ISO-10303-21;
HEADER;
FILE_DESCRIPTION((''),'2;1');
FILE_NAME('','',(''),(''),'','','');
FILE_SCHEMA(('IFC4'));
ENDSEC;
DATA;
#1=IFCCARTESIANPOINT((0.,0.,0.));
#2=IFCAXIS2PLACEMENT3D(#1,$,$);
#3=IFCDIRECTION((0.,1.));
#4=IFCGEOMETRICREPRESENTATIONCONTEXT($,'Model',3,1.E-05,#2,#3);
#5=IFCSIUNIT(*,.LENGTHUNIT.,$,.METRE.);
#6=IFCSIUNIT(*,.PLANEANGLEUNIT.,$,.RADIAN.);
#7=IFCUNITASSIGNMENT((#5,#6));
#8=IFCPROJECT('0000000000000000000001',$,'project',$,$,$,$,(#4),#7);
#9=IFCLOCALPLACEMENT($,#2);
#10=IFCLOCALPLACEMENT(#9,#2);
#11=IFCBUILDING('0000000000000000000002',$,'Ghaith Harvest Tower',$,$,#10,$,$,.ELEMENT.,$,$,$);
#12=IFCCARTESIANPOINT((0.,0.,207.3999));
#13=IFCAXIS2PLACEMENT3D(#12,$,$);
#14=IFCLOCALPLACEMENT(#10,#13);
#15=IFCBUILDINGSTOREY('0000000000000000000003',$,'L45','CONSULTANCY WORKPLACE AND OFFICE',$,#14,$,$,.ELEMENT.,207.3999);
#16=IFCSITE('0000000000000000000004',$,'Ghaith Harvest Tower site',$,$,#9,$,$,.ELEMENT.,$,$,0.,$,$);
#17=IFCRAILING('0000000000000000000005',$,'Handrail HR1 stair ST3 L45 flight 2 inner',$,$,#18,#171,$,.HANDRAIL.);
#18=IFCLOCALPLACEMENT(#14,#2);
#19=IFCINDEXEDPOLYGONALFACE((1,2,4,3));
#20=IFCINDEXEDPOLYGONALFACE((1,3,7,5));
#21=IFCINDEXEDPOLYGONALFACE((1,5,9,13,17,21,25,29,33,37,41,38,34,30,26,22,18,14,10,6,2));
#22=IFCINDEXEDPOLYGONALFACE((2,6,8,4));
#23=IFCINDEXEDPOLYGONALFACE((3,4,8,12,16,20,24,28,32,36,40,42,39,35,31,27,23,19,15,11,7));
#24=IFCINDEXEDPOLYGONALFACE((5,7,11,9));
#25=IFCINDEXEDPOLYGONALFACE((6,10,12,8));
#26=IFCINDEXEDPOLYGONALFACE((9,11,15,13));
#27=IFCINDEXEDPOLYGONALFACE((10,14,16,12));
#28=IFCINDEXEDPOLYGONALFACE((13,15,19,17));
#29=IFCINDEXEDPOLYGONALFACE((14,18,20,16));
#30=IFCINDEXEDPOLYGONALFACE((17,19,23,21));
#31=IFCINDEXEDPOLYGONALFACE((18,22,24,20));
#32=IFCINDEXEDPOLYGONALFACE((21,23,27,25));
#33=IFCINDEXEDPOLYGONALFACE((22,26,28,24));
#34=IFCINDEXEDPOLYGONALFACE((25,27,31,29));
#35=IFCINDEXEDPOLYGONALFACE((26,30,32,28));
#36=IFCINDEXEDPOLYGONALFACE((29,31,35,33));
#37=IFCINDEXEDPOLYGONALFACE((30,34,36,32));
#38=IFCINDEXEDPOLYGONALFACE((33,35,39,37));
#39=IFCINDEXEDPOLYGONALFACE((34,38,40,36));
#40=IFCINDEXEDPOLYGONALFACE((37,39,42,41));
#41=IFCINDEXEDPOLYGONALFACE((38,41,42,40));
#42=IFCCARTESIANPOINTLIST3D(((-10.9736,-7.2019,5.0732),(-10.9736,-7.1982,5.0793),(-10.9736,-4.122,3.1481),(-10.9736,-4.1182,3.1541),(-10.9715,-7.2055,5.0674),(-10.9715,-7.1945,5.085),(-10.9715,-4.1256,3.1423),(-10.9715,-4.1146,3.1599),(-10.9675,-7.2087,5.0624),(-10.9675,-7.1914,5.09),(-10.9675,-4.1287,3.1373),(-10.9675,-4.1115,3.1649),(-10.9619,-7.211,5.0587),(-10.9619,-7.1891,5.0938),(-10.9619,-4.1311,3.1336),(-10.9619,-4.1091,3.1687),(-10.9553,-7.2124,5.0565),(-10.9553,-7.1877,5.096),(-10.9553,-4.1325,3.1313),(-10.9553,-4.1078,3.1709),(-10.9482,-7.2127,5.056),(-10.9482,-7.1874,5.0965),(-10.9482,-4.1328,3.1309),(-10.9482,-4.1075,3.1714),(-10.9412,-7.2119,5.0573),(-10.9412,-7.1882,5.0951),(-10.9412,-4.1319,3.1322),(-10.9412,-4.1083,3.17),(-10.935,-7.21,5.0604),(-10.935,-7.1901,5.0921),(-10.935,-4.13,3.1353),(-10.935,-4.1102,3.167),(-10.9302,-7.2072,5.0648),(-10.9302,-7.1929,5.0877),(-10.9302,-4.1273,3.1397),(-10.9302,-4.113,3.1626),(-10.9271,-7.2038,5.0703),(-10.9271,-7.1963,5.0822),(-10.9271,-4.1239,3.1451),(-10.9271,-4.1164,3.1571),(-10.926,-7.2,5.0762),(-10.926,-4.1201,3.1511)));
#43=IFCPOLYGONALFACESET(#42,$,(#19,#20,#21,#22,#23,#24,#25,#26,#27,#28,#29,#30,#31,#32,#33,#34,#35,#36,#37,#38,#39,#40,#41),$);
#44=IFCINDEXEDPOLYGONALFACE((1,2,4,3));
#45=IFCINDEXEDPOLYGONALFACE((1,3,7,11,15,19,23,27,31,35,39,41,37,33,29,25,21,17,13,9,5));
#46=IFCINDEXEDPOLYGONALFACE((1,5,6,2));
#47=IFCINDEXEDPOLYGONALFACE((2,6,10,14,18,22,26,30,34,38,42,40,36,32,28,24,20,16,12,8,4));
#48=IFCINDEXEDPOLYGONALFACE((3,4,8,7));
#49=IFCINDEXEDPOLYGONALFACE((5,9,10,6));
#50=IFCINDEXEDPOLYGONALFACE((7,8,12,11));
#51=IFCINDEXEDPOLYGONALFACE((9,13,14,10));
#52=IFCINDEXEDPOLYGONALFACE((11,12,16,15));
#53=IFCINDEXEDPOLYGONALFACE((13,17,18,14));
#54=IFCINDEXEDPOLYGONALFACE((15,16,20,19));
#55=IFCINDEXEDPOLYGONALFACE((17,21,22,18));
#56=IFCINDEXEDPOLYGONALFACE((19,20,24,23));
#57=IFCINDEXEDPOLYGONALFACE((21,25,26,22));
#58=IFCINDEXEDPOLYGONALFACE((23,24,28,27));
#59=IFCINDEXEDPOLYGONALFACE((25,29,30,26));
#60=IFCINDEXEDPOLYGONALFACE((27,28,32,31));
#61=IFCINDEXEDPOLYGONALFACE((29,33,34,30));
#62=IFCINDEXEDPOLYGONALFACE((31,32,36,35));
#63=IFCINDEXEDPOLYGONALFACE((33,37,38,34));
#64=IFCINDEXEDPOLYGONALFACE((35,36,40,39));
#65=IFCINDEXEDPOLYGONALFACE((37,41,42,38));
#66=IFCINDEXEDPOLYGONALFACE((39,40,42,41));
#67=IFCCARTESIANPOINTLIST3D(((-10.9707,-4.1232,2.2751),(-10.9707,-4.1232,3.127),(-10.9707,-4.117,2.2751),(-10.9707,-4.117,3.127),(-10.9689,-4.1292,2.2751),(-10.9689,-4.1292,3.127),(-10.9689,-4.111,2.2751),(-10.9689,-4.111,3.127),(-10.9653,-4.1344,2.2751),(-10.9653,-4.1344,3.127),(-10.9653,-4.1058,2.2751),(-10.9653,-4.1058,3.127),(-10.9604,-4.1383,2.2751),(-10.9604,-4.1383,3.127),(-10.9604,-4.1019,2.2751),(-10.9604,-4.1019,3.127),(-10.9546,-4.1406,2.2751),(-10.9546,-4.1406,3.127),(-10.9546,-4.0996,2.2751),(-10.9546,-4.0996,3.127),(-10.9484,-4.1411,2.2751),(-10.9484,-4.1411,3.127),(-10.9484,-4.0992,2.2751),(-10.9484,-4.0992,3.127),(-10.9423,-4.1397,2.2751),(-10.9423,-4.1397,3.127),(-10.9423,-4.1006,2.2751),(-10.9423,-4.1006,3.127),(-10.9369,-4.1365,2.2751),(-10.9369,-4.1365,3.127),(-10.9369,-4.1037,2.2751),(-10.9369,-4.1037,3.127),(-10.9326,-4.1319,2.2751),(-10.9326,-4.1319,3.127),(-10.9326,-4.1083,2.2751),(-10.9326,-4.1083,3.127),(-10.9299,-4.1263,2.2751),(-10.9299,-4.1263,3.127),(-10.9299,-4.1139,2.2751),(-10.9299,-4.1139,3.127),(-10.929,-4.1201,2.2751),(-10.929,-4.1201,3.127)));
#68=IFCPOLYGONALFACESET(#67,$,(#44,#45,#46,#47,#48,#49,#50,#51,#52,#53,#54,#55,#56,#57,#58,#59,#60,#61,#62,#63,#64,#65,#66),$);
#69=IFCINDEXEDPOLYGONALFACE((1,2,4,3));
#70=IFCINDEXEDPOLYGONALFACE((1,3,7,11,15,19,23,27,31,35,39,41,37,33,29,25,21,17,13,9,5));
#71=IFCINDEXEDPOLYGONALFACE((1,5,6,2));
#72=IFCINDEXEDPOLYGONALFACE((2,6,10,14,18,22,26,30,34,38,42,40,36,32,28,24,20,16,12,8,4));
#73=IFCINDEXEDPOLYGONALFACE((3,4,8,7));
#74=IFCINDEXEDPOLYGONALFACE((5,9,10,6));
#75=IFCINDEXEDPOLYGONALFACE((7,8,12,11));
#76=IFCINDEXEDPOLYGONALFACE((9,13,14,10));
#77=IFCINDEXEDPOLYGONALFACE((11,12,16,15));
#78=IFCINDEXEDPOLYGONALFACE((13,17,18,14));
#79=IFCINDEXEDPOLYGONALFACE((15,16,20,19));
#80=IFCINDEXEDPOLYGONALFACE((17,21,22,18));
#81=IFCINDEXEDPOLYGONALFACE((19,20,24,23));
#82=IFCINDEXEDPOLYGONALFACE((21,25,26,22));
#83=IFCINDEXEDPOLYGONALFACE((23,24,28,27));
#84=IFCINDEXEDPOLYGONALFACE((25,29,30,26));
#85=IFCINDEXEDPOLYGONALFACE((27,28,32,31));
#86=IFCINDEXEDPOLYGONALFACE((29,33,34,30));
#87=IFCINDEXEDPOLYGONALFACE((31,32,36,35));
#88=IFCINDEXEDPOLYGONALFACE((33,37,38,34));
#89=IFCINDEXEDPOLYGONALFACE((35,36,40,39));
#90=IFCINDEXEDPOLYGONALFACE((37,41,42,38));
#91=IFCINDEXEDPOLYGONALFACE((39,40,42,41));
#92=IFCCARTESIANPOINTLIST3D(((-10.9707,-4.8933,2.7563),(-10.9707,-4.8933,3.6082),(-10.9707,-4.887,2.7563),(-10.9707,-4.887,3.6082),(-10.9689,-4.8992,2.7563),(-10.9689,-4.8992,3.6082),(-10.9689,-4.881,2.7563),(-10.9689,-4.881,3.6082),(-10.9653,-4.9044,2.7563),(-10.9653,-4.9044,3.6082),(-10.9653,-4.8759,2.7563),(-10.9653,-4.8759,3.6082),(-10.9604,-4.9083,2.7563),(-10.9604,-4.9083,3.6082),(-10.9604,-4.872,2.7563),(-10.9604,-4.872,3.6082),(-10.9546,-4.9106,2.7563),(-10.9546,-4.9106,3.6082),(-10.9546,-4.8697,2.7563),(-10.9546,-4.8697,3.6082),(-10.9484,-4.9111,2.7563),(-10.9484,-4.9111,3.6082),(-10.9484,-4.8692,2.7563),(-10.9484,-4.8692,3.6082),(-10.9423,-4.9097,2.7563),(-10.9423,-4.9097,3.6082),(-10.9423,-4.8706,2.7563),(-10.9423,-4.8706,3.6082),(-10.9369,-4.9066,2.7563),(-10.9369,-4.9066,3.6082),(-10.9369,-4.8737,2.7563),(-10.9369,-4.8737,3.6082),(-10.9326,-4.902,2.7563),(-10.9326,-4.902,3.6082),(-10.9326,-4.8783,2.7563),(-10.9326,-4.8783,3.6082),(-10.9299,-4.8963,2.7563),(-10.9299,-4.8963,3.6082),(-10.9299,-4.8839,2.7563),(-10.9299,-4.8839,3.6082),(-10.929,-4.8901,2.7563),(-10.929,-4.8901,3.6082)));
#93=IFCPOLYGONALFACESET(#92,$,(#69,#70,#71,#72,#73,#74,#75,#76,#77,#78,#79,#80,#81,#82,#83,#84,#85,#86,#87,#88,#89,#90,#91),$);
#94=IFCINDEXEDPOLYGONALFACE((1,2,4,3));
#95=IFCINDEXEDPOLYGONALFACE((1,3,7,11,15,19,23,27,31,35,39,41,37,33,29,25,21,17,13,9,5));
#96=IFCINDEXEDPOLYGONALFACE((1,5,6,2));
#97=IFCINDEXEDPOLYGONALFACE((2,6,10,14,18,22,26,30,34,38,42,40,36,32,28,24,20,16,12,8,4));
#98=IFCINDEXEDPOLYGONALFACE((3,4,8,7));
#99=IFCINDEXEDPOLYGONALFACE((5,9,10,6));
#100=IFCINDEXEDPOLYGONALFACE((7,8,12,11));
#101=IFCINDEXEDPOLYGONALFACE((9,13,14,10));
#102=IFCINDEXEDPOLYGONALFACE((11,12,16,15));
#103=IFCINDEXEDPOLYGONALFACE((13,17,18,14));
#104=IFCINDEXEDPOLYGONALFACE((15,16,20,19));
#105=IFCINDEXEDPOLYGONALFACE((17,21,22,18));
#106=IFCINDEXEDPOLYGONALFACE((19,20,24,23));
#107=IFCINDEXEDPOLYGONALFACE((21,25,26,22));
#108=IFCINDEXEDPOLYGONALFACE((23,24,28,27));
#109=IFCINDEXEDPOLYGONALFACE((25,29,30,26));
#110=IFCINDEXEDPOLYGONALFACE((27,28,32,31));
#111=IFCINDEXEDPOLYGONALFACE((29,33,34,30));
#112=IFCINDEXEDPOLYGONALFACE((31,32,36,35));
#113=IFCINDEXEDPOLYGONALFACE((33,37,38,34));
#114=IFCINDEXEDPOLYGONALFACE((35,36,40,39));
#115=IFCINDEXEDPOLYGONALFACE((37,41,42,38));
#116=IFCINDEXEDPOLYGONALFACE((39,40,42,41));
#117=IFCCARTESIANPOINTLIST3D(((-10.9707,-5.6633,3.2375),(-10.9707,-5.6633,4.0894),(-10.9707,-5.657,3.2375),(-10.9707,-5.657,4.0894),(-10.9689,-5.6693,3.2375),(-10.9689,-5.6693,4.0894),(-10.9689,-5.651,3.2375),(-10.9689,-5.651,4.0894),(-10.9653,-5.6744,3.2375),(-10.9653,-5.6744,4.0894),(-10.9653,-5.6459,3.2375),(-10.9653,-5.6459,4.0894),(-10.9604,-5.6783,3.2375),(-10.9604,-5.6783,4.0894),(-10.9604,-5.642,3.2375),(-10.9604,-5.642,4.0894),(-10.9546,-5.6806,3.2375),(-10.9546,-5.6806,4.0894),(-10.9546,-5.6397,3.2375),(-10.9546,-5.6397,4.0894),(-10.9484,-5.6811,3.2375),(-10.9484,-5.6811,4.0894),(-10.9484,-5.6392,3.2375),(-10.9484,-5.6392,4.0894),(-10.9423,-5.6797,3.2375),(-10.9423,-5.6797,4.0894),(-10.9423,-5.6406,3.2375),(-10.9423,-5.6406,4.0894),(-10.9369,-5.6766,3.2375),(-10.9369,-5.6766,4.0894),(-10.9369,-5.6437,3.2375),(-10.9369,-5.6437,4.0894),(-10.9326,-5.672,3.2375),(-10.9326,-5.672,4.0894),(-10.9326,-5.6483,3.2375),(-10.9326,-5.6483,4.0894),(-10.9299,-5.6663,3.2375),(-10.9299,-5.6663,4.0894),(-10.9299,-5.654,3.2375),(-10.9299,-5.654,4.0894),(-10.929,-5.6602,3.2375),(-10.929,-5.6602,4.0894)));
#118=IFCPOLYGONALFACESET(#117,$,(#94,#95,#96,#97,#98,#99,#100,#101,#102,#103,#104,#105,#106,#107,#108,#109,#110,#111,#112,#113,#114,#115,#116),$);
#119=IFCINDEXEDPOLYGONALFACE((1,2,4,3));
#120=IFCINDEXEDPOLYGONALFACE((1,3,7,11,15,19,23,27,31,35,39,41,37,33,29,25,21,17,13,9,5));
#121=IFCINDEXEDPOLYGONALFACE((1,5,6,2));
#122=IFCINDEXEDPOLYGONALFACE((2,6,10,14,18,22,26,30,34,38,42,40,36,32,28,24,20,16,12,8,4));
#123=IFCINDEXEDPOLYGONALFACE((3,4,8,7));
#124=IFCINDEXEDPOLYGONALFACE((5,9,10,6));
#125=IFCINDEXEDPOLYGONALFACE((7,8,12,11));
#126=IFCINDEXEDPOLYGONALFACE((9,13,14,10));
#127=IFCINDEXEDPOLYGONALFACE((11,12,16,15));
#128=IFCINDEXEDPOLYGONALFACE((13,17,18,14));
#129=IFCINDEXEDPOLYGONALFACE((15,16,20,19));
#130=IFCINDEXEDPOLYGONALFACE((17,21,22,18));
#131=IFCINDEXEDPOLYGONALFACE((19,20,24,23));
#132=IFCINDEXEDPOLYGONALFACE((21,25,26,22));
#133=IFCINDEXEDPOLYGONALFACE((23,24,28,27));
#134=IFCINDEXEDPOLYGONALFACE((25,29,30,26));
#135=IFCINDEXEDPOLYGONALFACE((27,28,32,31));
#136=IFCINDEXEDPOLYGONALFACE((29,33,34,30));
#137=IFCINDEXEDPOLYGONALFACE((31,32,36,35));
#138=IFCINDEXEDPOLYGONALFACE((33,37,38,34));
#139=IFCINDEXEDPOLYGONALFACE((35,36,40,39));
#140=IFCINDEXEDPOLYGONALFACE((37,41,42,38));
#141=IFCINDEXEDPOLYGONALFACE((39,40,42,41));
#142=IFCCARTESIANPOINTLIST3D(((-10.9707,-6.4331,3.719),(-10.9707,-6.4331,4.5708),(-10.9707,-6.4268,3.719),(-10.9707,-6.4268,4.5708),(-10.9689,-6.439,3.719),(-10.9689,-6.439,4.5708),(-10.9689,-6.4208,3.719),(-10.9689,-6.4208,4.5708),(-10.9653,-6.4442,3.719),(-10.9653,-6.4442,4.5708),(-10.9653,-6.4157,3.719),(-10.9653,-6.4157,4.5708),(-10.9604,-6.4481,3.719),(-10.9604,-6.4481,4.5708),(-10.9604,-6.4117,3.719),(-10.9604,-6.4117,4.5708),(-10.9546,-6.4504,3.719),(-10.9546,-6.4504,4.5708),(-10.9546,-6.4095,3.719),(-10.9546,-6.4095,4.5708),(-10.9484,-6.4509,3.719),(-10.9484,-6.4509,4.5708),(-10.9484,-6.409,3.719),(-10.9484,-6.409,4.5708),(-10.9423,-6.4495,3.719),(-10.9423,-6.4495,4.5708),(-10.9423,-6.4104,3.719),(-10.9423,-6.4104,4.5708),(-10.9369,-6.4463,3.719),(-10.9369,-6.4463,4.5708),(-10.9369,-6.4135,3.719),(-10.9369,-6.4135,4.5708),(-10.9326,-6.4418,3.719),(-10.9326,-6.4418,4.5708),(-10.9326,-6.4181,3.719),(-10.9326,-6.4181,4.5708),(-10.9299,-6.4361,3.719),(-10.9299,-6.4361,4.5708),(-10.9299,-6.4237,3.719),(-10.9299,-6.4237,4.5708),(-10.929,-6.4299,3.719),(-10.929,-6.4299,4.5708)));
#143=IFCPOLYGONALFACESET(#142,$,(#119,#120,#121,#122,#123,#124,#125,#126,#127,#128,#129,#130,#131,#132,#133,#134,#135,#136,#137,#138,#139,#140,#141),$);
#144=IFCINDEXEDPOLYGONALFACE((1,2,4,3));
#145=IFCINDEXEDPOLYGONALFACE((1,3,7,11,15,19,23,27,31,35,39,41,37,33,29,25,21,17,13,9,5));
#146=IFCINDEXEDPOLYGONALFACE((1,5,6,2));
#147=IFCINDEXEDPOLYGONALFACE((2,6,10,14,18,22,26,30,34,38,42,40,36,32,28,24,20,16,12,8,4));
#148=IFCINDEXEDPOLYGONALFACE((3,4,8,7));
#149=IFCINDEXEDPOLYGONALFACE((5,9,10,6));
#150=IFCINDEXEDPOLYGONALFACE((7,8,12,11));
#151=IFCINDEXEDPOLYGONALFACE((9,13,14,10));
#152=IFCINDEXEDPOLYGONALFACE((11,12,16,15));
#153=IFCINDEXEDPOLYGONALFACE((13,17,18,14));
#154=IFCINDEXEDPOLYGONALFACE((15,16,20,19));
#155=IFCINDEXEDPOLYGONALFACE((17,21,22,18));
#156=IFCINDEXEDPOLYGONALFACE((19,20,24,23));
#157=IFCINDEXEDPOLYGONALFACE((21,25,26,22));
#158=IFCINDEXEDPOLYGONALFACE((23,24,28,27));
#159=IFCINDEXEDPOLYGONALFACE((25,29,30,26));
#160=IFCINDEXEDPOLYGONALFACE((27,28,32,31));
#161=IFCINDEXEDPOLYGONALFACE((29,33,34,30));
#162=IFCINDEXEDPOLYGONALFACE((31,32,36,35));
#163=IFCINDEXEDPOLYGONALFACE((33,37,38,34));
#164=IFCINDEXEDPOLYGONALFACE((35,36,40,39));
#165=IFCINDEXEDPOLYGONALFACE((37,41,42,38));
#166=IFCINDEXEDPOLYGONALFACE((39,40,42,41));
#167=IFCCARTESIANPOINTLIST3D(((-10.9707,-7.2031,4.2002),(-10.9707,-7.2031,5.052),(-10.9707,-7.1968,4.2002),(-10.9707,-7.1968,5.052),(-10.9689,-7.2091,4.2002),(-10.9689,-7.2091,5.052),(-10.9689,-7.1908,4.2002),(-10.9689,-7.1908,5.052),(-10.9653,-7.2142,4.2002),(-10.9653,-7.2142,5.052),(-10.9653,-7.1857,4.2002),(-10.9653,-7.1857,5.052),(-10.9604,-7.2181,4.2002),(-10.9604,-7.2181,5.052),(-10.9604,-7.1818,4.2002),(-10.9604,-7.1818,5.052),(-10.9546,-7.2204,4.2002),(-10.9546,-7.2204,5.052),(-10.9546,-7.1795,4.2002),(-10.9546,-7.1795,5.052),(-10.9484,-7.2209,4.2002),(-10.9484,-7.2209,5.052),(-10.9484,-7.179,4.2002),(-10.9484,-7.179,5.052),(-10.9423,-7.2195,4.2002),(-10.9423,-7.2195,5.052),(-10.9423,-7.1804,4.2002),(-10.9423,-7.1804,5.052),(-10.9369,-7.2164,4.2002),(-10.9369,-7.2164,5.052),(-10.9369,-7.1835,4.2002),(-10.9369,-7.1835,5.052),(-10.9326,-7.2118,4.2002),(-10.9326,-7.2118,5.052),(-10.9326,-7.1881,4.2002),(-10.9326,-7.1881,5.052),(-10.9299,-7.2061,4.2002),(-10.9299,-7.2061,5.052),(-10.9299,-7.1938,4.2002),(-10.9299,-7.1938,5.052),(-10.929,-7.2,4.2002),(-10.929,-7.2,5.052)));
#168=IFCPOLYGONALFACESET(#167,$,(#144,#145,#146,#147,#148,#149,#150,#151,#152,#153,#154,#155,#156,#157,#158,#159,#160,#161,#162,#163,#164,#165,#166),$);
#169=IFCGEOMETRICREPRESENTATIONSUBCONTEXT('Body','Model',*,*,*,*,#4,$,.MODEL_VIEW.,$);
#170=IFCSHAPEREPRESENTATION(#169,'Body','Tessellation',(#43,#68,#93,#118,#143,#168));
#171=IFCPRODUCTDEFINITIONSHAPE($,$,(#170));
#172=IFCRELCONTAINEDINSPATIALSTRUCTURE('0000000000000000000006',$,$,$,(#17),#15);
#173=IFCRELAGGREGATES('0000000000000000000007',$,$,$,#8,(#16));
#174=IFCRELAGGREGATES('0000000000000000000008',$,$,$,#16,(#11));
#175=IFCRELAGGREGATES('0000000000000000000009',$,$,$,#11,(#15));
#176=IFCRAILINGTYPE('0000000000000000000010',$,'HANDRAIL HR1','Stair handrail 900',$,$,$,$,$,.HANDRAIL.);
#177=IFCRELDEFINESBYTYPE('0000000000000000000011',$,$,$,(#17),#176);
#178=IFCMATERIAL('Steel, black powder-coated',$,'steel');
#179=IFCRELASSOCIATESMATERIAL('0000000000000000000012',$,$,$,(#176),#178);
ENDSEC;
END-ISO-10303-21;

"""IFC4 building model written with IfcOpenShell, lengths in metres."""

from ifc_helpers import new_model, si_unit, direction, frame, origin, origin_2d, place, context, subcontext, project, spatial, circle, extrude, material, type_object, element, save


model = new_model("IFC4")

# Units and contexts
model_context = context("Model", 3, precision=1e-05, world=origin(), true_north=direction((0.0, 1.0)))
body_context = subcontext(model_context, "Body", "Model", "MODEL_VIEW")
ifc_project = project(units=[si_unit("LENGTHUNIT", "METRE"), si_unit("PLANEANGLEUNIT", "RADIAN")], contexts=[model_context])

# Site, building, storey
site_placement = place(None, origin())
site = spatial("IfcSite", under=ifc_project, at=site_placement, Name="Ghaith Harvest Tower site", CompositionType="ELEMENT", RefElevation=0.0)
building_placement = place(site_placement, origin())
building = spatial("IfcBuilding", under=site, at=building_placement, Name="Ghaith Harvest Tower", CompositionType="ELEMENT")
storey_placement = place(building_placement, frame((0.0, 0.0, 207.3999)))
storey = spatial("IfcBuildingStorey", under=building, at=storey_placement, Name="L45", Description="CONSULTANCY WORKPLACE AND OFFICE", CompositionType="ELEMENT", Elevation=207.3999)

# Railing
ifc_material_1 = material(Name="Steel, black powder-coated", Category="steel")
railing_type = type_object("IfcRailingType", Name="HANDRAIL HR1", Description="Stair handrail 900", PredefinedType="HANDRAIL", material=ifc_material_1)
railing_1_placement = place(storey_placement, frame((-10.95, -4.1201, 2.2751)))
element("IfcRailing", 1, at=railing_1_placement, inside=storey, type_object=railing_type, Name="Handrail HR1 stair ST3 L45 flight 2 inner", PredefinedType="HANDRAIL", context=body_context, shape_type="SweptSolid", body=[
    extrude(circle(Radius=0.0239, at=origin_2d()), frame((0.0, 0.0, 0.876), z_axis=(0.0, -0.847979, 0.530029), x_axis=(1.0, 0.0, 0.0)), (0.0, 0.0, 1.0), 3.6321),
    extrude(circle(Radius=0.021, at=origin_2d()), origin(), (0.0, 0.0, 1.0), 0.8518),
    extrude(circle(Radius=0.021, at=origin_2d()), frame((0.0, -0.77, 0.4812)), (0.0, 0.0, 1.0), 0.8518),
    extrude(circle(Radius=0.021, at=origin_2d()), frame((0.0, -1.54, 0.9624)), (0.0, 0.0, 1.0), 0.8518),
    extrude(circle(Radius=0.021, at=origin_2d()), frame((0.0, -2.3098, 1.4438)), (0.0, 0.0, 1.0), 0.8518),
    extrude(circle(Radius=0.021, at=origin_2d()), frame((0.0, -3.0798, 1.925)), (0.0, 0.0, 1.0), 0.8518),
])

save(model, "model.ifc")
